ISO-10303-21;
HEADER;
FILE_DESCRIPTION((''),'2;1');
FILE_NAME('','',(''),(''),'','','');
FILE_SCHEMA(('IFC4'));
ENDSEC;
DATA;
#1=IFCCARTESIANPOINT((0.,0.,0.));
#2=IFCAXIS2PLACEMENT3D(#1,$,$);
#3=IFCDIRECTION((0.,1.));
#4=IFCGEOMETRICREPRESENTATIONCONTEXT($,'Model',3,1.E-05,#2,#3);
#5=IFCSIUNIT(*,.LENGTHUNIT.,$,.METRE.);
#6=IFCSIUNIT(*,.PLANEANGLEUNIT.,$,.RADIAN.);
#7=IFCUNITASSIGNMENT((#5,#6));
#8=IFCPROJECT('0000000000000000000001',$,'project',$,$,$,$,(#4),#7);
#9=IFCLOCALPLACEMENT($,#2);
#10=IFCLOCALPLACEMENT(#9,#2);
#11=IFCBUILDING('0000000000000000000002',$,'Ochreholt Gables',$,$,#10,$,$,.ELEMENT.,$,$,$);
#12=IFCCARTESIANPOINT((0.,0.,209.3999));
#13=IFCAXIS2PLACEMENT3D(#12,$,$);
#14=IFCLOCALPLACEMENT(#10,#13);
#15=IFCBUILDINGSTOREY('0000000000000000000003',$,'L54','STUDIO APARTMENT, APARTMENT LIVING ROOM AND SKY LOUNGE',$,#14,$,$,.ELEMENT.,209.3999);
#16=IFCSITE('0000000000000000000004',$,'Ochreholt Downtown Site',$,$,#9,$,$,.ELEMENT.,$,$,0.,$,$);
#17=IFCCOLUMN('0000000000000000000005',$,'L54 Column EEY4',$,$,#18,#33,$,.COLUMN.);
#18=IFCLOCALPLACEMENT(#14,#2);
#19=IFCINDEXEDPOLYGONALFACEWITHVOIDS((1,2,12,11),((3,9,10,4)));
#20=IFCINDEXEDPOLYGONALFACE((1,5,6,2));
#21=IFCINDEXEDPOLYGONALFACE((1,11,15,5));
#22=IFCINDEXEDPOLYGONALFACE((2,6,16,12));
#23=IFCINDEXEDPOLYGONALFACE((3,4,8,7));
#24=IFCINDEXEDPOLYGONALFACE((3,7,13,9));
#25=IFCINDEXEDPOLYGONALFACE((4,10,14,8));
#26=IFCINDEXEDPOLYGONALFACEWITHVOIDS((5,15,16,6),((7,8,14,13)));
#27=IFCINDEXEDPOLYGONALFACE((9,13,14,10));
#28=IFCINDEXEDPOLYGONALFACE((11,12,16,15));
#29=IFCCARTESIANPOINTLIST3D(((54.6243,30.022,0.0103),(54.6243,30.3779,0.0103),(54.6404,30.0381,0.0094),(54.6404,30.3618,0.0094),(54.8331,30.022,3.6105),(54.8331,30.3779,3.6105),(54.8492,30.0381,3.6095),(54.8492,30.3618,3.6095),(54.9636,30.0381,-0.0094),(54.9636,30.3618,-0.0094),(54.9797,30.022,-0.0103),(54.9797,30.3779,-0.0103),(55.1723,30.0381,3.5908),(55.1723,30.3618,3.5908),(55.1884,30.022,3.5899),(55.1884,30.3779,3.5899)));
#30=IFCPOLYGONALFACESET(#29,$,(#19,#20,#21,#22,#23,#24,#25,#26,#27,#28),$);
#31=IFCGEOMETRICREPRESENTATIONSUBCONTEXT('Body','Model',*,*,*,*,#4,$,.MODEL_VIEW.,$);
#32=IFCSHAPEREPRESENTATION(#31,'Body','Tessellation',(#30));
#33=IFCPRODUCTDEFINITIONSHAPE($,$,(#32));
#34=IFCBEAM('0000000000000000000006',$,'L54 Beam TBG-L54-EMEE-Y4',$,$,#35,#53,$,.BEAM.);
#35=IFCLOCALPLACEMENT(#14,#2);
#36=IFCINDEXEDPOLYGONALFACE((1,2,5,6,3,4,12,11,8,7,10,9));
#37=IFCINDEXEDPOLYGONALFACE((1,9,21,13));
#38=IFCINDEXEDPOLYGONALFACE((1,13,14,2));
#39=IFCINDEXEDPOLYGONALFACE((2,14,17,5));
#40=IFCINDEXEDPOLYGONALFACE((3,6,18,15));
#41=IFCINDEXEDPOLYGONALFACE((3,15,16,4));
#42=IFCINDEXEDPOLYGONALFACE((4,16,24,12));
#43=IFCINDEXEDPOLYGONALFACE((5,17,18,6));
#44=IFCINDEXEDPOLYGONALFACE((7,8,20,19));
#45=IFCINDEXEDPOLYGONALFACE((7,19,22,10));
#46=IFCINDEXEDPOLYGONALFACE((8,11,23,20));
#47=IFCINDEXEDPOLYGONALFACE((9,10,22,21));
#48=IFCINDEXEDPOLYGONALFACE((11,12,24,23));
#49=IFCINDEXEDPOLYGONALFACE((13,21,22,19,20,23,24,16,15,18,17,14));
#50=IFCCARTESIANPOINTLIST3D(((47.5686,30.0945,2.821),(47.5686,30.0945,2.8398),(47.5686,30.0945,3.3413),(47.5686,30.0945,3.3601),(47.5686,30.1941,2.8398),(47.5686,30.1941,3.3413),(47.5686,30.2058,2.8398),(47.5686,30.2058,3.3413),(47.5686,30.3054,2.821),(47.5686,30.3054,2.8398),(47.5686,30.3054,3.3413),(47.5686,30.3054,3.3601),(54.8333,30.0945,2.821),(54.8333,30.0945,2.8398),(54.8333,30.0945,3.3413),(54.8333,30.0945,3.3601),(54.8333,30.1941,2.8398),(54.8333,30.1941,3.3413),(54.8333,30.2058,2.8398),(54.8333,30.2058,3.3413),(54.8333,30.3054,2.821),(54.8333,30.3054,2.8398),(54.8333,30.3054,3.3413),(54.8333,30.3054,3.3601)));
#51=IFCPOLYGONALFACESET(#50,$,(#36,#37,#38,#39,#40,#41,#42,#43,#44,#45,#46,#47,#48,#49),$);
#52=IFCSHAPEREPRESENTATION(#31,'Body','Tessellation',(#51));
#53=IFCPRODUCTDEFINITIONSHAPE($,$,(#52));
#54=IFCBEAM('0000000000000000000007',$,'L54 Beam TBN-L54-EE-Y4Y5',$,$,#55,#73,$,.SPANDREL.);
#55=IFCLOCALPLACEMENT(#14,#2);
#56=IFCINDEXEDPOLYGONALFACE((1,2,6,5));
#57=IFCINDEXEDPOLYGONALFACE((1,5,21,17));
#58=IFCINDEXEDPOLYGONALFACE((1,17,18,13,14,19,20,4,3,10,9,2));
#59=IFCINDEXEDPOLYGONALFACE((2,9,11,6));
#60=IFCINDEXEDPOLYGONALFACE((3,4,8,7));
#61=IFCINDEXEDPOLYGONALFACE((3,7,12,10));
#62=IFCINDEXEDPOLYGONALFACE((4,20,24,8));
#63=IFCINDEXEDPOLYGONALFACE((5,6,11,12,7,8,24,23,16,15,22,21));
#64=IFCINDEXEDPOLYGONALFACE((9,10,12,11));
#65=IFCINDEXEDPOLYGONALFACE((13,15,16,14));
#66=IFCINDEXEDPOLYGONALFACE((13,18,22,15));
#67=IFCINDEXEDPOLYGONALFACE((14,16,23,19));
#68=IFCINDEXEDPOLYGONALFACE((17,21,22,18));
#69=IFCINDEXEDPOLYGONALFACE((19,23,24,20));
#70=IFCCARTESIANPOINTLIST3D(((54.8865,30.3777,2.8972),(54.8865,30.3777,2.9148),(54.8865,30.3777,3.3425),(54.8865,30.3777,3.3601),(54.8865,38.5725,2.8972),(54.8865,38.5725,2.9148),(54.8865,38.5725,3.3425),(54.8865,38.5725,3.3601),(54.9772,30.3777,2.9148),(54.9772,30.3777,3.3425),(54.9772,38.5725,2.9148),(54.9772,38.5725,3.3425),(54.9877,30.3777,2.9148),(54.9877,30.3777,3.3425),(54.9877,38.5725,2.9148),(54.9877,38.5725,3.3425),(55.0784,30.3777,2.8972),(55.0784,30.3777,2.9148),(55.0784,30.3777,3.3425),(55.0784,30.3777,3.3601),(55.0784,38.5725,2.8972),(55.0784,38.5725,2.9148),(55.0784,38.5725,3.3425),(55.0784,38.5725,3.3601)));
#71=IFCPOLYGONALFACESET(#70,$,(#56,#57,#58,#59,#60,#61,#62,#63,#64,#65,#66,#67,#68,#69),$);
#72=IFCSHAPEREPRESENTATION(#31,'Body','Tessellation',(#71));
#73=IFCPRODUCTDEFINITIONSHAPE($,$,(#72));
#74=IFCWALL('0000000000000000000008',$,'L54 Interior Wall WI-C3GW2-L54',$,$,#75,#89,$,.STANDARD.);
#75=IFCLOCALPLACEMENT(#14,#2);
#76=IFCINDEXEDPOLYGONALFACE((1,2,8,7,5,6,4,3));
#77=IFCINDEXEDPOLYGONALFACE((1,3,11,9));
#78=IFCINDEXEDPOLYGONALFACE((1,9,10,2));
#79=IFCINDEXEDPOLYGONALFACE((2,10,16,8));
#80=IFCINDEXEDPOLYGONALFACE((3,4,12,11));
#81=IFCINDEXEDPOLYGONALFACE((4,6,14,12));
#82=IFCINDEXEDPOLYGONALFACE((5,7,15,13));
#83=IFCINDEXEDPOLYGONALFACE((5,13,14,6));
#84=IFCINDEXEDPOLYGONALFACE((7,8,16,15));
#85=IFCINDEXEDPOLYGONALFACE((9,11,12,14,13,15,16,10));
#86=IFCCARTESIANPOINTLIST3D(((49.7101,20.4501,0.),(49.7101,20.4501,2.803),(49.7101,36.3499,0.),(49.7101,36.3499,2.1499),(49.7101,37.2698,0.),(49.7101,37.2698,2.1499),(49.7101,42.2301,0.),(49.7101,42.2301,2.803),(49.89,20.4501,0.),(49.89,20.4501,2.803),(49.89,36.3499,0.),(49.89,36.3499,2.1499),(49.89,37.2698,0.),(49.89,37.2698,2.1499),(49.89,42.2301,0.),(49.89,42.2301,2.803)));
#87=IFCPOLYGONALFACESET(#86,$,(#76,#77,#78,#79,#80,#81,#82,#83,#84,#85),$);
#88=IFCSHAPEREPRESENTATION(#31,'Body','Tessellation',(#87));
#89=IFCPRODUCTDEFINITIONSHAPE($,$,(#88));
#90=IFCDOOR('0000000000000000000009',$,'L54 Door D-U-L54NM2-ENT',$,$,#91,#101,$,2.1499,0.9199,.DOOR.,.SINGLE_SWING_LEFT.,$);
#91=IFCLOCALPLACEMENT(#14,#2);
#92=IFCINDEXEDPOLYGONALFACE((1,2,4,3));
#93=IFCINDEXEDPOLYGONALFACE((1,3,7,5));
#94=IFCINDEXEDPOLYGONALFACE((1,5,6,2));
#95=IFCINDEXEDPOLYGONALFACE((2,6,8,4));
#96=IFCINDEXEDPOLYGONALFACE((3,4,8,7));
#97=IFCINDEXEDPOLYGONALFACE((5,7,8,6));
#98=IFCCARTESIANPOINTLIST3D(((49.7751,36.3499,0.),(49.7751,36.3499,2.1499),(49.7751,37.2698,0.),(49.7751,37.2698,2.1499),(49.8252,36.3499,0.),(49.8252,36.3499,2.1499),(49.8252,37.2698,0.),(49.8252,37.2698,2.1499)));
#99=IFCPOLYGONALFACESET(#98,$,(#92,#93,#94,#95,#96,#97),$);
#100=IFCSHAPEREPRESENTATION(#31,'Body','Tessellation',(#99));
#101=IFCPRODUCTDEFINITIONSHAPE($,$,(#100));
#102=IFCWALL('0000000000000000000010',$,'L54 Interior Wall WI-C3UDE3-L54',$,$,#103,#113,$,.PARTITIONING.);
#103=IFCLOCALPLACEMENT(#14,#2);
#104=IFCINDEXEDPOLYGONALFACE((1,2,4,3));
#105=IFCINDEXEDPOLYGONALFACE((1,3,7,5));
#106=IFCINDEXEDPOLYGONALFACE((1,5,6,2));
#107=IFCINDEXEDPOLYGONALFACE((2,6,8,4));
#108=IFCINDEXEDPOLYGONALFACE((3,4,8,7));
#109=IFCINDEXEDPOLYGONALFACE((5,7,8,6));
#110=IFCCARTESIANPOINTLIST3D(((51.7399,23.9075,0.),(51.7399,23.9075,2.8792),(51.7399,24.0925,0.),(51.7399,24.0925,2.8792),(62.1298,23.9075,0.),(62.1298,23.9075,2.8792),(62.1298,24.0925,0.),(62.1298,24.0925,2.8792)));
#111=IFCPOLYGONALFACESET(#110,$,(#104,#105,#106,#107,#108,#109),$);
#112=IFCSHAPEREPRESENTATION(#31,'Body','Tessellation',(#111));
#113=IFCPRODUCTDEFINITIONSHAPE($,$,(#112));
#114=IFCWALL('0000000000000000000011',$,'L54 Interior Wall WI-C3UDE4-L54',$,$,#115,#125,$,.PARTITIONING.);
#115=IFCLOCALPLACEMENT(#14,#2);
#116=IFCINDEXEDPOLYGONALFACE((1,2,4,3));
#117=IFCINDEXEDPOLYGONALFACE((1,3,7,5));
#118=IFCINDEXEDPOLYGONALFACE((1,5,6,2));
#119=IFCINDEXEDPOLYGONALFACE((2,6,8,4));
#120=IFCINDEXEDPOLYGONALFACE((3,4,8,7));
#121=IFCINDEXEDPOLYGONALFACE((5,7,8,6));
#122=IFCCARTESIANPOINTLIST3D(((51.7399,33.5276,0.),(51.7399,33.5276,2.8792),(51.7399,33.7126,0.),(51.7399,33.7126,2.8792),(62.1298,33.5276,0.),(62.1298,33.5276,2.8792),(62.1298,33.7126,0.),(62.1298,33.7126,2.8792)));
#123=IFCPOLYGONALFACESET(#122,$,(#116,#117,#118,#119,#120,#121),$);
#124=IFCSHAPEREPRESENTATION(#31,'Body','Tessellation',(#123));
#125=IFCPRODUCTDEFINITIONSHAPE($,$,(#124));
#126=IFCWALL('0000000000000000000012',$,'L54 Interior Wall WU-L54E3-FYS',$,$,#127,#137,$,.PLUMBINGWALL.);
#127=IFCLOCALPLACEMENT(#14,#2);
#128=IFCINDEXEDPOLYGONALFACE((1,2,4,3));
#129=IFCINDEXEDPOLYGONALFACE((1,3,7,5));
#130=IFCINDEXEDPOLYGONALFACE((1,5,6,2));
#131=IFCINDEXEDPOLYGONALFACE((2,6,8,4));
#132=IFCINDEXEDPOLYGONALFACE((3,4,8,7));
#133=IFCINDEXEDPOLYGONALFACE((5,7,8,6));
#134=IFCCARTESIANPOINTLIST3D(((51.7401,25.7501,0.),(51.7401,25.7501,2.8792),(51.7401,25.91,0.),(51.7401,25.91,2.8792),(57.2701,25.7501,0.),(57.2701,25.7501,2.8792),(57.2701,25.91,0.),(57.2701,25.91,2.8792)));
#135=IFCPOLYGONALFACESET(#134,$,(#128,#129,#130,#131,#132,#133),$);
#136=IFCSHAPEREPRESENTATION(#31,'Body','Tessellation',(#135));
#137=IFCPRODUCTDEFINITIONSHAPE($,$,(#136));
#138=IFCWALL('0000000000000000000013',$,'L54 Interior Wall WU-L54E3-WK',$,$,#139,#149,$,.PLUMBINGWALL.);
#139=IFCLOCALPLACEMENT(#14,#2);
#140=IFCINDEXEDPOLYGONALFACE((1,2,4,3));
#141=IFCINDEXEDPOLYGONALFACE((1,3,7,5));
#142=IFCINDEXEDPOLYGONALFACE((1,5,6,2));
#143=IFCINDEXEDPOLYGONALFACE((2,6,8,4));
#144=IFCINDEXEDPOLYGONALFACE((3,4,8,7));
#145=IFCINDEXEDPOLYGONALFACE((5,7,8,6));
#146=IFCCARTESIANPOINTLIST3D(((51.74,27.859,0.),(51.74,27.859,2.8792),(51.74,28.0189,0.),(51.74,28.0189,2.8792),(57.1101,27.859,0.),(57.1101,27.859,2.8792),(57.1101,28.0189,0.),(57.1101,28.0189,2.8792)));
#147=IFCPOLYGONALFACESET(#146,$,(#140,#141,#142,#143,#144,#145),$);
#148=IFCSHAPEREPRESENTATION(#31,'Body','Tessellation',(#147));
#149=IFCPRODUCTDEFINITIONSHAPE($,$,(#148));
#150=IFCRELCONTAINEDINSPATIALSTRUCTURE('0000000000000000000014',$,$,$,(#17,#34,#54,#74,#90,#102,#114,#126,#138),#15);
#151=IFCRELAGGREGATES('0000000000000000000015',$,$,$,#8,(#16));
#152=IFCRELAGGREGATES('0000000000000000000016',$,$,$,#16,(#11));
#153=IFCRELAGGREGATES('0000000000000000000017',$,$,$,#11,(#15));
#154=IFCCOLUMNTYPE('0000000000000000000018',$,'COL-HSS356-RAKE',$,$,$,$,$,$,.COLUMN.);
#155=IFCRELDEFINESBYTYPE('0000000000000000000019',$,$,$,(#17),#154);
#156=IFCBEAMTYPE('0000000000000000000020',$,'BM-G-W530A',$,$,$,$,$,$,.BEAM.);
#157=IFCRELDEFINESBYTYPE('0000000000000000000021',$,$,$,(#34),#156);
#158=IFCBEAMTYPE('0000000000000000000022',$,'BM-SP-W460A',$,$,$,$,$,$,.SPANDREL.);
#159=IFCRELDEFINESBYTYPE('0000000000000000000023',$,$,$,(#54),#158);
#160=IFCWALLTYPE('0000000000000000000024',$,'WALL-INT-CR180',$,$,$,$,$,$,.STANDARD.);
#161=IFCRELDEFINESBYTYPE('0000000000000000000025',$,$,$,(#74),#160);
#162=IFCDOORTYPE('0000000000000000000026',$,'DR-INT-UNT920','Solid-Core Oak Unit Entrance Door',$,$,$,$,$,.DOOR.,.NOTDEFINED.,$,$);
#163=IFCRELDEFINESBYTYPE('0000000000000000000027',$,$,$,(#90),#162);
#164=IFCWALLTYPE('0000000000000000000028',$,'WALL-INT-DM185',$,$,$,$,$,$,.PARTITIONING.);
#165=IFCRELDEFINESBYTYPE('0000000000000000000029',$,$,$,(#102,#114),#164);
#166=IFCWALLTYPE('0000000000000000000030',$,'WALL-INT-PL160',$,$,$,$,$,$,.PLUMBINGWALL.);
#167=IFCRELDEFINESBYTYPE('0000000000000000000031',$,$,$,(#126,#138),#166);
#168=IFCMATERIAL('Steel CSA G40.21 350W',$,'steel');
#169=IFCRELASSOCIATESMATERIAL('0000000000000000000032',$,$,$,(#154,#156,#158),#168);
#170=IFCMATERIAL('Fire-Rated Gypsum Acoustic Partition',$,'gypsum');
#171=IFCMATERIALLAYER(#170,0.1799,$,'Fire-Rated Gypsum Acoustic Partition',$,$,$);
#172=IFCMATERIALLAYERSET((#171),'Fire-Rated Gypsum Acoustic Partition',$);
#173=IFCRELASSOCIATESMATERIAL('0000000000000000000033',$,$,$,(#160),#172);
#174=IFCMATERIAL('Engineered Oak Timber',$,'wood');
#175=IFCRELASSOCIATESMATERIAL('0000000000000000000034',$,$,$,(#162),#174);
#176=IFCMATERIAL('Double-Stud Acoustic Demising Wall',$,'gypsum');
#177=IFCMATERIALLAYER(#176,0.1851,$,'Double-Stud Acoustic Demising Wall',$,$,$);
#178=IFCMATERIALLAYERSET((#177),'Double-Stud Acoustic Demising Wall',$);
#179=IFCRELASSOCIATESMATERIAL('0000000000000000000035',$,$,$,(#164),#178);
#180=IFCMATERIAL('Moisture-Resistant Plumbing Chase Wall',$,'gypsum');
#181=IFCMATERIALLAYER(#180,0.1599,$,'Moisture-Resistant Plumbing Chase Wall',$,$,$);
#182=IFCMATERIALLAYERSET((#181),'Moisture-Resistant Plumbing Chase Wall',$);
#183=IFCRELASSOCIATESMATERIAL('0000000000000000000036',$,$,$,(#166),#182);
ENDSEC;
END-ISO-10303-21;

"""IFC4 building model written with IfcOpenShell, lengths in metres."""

from ifc_helpers import new_model, si_unit, direction, frame, frame_2d, origin, origin_2d, place, context, subcontext, project, spatial, rectangle, hollow_rectangle, i_section, extrude, material, layer, layer_set, material_profile, profile_set, type_object, element, fill, save


model = new_model("IFC4")

# Units and contexts
model_context = context("Model", 3, precision=1e-05, world=origin(), true_north=direction((0.0, 1.0)))
body_context = subcontext(model_context, "Body", "Model", "MODEL_VIEW")
ifc_project = project(units=[si_unit("LENGTHUNIT", "METRE"), si_unit("PLANEANGLEUNIT", "RADIAN")], contexts=[model_context])

# Site, building, storey
site_placement = place(None, origin())
site = spatial("IfcSite", under=ifc_project, at=site_placement, Name="Ochreholt Downtown Site", CompositionType="ELEMENT", RefElevation=0.0)
building_placement = place(site_placement, origin())
building = spatial("IfcBuilding", under=site, at=building_placement, Name="Ochreholt Gables", CompositionType="ELEMENT")
storey_placement = place(building_placement, frame((0.0, 0.0, 209.3999)))
storey = spatial("IfcBuildingStorey", under=building, at=storey_placement, Name="L54", Description="STUDIO APARTMENT, APARTMENT LIVING ROOM AND SKY LOUNGE", CompositionType="ELEMENT", Elevation=209.3999)

# Column
ifc_material_1 = material(Name="Steel CSA G40.21 350W", Category="steel")
ifc_material_profile_1 = material_profile(ifc_material_1, hollow_rectangle(XDim=0.356, YDim=0.356, WallThickness=0.0161, at=origin_2d()), Name="HSS356X356X16")
ifc_profile_set_1 = profile_set([ifc_material_profile_1], Name="Steel CSA G40.21 350W")
column_type = type_object("IfcColumnType", Name="COL-HSS356-RAKE", PredefinedType="COLUMN", material=ifc_profile_set_1)
column_placement = place(storey_placement, frame((54.802, 30.2, 0.0), z_axis=(0.057885, 0.0, 0.998323), x_axis=(0.0, 1.0, 0.0)))
element("IfcColumn", 1, at=column_placement, inside=storey, type_object=column_type, Name="L54 Column EEY4", PredefinedType="COLUMN", context=body_context, shape_type="SweptSolid", body=[
    extrude(hollow_rectangle(XDim=0.356, YDim=0.356, WallThickness=0.0161, at=origin_2d()), origin(), (0.0, 0.0, 1.0), 3.6062),
])

# Beams
ifc_material_profile_2 = material_profile(ifc_material_1, i_section(OverallWidth=0.2109, OverallDepth=0.5391, WebThickness=0.0117, FlangeThickness=0.0188, at=origin_2d()), Name="W530X109")
ifc_profile_set_2 = profile_set([ifc_material_profile_2], Name="Steel CSA G40.21 350W")
beam_type_1 = type_object("IfcBeamType", Name="BM-G-W530A", PredefinedType="BEAM", material=ifc_profile_set_2)
beam_1_placement = place(storey_placement, frame((47.5686, 30.2, 3.0906), z_axis=(1.0, 0.0, 0.0), x_axis=(0.0, 1.0, 0.0)))
element("IfcBeam", 2, at=beam_1_placement, inside=storey, type_object=beam_type_1, Name="L54 Beam TBG-L54-EMEE-Y4", PredefinedType="BEAM", context=body_context, shape_type="SweptSolid", body=[
    extrude(i_section(OverallWidth=0.2109, OverallDepth=0.5391, WebThickness=0.0117, FlangeThickness=0.0188, at=origin_2d()), origin(), (0.0, 0.0, 1.0), 7.2646),
])
ifc_material_profile_3 = material_profile(ifc_material_1, i_section(OverallWidth=0.1919, OverallDepth=0.4629, WebThickness=0.0105, FlangeThickness=0.0176, at=origin_2d()), Name="W460X89")
ifc_profile_set_3 = profile_set([ifc_material_profile_3], Name="Steel CSA G40.21 350W")
beam_type_2 = type_object("IfcBeamType", Name="BM-SP-W460A", PredefinedType="SPANDREL", material=ifc_profile_set_3)
beam_2_placement = place(storey_placement, frame((54.9824, 30.3777, 3.1287), z_axis=(0.0, 1.0, 0.0), x_axis=(-1.0, 0.0, 0.0)))
element("IfcBeam", 3, at=beam_2_placement, inside=storey, type_object=beam_type_2, Name="L54 Beam TBN-L54-EE-Y4Y5", PredefinedType="SPANDREL", context=body_context, shape_type="SweptSolid", body=[
    extrude(i_section(OverallWidth=0.1919, OverallDepth=0.4629, WebThickness=0.0105, FlangeThickness=0.0176, at=origin_2d()), origin(), (0.0, 0.0, 1.0), 8.1948),
])

# Wall, opening, door
ifc_material_2 = material(Name="Fire-Rated Gypsum Acoustic Partition", Category="gypsum")
ifc_layer_1 = layer(ifc_material_2, 0.1799, Name="Fire-Rated Gypsum Acoustic Partition")
ifc_layer_set_1 = layer_set([ifc_layer_1], Name="Fire-Rated Gypsum Acoustic Partition")
wall_type_1 = type_object("IfcWallType", Name="WALL-INT-CR180", PredefinedType="STANDARD", material=ifc_layer_set_1)
wall_1_placement = place(storey_placement, frame((49.8, 20.45, 0.0), z_axis=(0.0, 0.0, 1.0), x_axis=(0.0, 1.0, 0.0)))
wall_1 = element("IfcWall", 4, at=wall_1_placement, inside=storey, type_object=wall_type_1, Name="L54 Interior Wall WI-C3GW2-L54", PredefinedType="STANDARD", context=body_context, shape_type="SweptSolid", body=[
    extrude(rectangle(XDim=21.78, YDim=0.1799, at=frame_2d((10.8901, 0.0))), origin(), (0.0, 0.0, 1.0), 2.803),
])
opening_1_placement = place(wall_1_placement, frame((15.8999, 0.0, 0.0)))
opening_1 = element("IfcOpeningElement", 5, at=opening_1_placement, cuts=wall_1, PredefinedType="OPENING", context=body_context, shape_type="SweptSolid", body=[
    extrude(rectangle(XDim=0.9199, YDim=2.1499, at=frame_2d((0.46, 1.075))), frame((0.0, 0.0999, 0.0), z_axis=(0.0, -1.0, 0.0), x_axis=(1.0, 0.0, 0.0)), (0.0, 0.0, 1.0), 0.2),
])
ifc_material_3 = material(Name="Engineered Oak Timber", Category="wood")
door_type_1 = type_object("IfcDoorType", Name="DR-INT-UNT920", Description="Solid-Core Oak Unit Entrance Door", OperationType="NOTDEFINED", PredefinedType="DOOR", material=ifc_material_3)
door_1_placement = place(opening_1_placement, origin())
door_1 = element("IfcDoor", 6, at=door_1_placement, inside=storey, type_object=door_type_1, Name="L54 Door D-U-L54NM2-ENT", OperationType="SINGLE_SWING_LEFT", OverallHeight=2.1499, OverallWidth=0.9199, PredefinedType="DOOR", context=body_context, shape_type="SweptSolid", body=[
    extrude(rectangle(XDim=0.9199, YDim=2.1499, at=frame_2d((0.46, 1.075))), frame((0.0, 0.0249, 0.0), z_axis=(0.0, -1.0, 0.0), x_axis=(1.0, 0.0, 0.0)), (0.0, 0.0, 1.0), 0.05),
])
fill(opening_1, door_1)

# Walls
ifc_material_4 = material(Name="Double-Stud Acoustic Demising Wall", Category="gypsum")
ifc_layer_2 = layer(ifc_material_4, 0.1851, Name="Double-Stud Acoustic Demising Wall")
ifc_layer_set_2 = layer_set([ifc_layer_2], Name="Double-Stud Acoustic Demising Wall")
wall_type_2 = type_object("IfcWallType", Name="WALL-INT-DM185", PredefinedType="PARTITIONING", material=ifc_layer_set_2)
for number, where, z_axis, x_axis, name in (
    (7, (51.74, 24.0, 0.0), (0.0, 0.0, 1.0), (1.0, 0.0, 0.0), "L54 Interior Wall WI-C3UDE3-L54"),
    (8, (51.74, 33.6201, 0.0), (0.0, 0.0, 1.0), (1.0, 0.0, 0.0), "L54 Interior Wall WI-C3UDE4-L54"),
):
    element("IfcWall", number, at=place(storey_placement, frame(where, z_axis=z_axis, x_axis=x_axis)), inside=storey, type_object=wall_type_2, Name=name, PredefinedType="PARTITIONING", context=body_context, shape_type="SweptSolid", body=[
        extrude(rectangle(XDim=10.3899, YDim=0.1851, at=frame_2d((5.1948, 0.0))), origin(), (0.0, 0.0, 1.0), 2.8792),
    ])
ifc_material_5 = material(Name="Moisture-Resistant Plumbing Chase Wall", Category="gypsum")
ifc_layer_3 = layer(ifc_material_5, 0.1599, Name="Moisture-Resistant Plumbing Chase Wall")
ifc_layer_set_3 = layer_set([ifc_layer_3], Name="Moisture-Resistant Plumbing Chase Wall")
wall_type_3 = type_object("IfcWallType", Name="WALL-INT-PL160", PredefinedType="PLUMBINGWALL", material=ifc_layer_set_3)
wall_2_placement = place(storey_placement, frame((51.74, 25.8301, 0.0), z_axis=(0.0, 0.0, 1.0), x_axis=(1.0, 0.0, 0.0)))
element("IfcWall", 9, at=wall_2_placement, inside=storey, type_object=wall_type_3, Name="L54 Interior Wall WU-L54E3-FYS", PredefinedType="PLUMBINGWALL", context=body_context, shape_type="SweptSolid", body=[
    extrude(rectangle(XDim=5.53, YDim=0.1599, at=frame_2d((2.7651, 0.0))), origin(), (0.0, 0.0, 1.0), 2.8792),
])

# Wall
wall_3_placement = place(storey_placement, frame((51.74, 27.939, 0.0), z_axis=(0.0, 0.0, 1.0), x_axis=(1.0, 0.0, 0.0)))
element("IfcWall", 10, at=wall_3_placement, inside=storey, type_object=wall_type_3, Name="L54 Interior Wall WU-L54E3-WK", PredefinedType="PLUMBINGWALL", context=body_context, shape_type="SweptSolid", body=[
    extrude(rectangle(XDim=5.3701, YDim=0.1599, at=frame_2d((2.6851, 0.0))), origin(), (0.0, 0.0, 1.0), 2.8792),
])

save(model, "model.ifc")
